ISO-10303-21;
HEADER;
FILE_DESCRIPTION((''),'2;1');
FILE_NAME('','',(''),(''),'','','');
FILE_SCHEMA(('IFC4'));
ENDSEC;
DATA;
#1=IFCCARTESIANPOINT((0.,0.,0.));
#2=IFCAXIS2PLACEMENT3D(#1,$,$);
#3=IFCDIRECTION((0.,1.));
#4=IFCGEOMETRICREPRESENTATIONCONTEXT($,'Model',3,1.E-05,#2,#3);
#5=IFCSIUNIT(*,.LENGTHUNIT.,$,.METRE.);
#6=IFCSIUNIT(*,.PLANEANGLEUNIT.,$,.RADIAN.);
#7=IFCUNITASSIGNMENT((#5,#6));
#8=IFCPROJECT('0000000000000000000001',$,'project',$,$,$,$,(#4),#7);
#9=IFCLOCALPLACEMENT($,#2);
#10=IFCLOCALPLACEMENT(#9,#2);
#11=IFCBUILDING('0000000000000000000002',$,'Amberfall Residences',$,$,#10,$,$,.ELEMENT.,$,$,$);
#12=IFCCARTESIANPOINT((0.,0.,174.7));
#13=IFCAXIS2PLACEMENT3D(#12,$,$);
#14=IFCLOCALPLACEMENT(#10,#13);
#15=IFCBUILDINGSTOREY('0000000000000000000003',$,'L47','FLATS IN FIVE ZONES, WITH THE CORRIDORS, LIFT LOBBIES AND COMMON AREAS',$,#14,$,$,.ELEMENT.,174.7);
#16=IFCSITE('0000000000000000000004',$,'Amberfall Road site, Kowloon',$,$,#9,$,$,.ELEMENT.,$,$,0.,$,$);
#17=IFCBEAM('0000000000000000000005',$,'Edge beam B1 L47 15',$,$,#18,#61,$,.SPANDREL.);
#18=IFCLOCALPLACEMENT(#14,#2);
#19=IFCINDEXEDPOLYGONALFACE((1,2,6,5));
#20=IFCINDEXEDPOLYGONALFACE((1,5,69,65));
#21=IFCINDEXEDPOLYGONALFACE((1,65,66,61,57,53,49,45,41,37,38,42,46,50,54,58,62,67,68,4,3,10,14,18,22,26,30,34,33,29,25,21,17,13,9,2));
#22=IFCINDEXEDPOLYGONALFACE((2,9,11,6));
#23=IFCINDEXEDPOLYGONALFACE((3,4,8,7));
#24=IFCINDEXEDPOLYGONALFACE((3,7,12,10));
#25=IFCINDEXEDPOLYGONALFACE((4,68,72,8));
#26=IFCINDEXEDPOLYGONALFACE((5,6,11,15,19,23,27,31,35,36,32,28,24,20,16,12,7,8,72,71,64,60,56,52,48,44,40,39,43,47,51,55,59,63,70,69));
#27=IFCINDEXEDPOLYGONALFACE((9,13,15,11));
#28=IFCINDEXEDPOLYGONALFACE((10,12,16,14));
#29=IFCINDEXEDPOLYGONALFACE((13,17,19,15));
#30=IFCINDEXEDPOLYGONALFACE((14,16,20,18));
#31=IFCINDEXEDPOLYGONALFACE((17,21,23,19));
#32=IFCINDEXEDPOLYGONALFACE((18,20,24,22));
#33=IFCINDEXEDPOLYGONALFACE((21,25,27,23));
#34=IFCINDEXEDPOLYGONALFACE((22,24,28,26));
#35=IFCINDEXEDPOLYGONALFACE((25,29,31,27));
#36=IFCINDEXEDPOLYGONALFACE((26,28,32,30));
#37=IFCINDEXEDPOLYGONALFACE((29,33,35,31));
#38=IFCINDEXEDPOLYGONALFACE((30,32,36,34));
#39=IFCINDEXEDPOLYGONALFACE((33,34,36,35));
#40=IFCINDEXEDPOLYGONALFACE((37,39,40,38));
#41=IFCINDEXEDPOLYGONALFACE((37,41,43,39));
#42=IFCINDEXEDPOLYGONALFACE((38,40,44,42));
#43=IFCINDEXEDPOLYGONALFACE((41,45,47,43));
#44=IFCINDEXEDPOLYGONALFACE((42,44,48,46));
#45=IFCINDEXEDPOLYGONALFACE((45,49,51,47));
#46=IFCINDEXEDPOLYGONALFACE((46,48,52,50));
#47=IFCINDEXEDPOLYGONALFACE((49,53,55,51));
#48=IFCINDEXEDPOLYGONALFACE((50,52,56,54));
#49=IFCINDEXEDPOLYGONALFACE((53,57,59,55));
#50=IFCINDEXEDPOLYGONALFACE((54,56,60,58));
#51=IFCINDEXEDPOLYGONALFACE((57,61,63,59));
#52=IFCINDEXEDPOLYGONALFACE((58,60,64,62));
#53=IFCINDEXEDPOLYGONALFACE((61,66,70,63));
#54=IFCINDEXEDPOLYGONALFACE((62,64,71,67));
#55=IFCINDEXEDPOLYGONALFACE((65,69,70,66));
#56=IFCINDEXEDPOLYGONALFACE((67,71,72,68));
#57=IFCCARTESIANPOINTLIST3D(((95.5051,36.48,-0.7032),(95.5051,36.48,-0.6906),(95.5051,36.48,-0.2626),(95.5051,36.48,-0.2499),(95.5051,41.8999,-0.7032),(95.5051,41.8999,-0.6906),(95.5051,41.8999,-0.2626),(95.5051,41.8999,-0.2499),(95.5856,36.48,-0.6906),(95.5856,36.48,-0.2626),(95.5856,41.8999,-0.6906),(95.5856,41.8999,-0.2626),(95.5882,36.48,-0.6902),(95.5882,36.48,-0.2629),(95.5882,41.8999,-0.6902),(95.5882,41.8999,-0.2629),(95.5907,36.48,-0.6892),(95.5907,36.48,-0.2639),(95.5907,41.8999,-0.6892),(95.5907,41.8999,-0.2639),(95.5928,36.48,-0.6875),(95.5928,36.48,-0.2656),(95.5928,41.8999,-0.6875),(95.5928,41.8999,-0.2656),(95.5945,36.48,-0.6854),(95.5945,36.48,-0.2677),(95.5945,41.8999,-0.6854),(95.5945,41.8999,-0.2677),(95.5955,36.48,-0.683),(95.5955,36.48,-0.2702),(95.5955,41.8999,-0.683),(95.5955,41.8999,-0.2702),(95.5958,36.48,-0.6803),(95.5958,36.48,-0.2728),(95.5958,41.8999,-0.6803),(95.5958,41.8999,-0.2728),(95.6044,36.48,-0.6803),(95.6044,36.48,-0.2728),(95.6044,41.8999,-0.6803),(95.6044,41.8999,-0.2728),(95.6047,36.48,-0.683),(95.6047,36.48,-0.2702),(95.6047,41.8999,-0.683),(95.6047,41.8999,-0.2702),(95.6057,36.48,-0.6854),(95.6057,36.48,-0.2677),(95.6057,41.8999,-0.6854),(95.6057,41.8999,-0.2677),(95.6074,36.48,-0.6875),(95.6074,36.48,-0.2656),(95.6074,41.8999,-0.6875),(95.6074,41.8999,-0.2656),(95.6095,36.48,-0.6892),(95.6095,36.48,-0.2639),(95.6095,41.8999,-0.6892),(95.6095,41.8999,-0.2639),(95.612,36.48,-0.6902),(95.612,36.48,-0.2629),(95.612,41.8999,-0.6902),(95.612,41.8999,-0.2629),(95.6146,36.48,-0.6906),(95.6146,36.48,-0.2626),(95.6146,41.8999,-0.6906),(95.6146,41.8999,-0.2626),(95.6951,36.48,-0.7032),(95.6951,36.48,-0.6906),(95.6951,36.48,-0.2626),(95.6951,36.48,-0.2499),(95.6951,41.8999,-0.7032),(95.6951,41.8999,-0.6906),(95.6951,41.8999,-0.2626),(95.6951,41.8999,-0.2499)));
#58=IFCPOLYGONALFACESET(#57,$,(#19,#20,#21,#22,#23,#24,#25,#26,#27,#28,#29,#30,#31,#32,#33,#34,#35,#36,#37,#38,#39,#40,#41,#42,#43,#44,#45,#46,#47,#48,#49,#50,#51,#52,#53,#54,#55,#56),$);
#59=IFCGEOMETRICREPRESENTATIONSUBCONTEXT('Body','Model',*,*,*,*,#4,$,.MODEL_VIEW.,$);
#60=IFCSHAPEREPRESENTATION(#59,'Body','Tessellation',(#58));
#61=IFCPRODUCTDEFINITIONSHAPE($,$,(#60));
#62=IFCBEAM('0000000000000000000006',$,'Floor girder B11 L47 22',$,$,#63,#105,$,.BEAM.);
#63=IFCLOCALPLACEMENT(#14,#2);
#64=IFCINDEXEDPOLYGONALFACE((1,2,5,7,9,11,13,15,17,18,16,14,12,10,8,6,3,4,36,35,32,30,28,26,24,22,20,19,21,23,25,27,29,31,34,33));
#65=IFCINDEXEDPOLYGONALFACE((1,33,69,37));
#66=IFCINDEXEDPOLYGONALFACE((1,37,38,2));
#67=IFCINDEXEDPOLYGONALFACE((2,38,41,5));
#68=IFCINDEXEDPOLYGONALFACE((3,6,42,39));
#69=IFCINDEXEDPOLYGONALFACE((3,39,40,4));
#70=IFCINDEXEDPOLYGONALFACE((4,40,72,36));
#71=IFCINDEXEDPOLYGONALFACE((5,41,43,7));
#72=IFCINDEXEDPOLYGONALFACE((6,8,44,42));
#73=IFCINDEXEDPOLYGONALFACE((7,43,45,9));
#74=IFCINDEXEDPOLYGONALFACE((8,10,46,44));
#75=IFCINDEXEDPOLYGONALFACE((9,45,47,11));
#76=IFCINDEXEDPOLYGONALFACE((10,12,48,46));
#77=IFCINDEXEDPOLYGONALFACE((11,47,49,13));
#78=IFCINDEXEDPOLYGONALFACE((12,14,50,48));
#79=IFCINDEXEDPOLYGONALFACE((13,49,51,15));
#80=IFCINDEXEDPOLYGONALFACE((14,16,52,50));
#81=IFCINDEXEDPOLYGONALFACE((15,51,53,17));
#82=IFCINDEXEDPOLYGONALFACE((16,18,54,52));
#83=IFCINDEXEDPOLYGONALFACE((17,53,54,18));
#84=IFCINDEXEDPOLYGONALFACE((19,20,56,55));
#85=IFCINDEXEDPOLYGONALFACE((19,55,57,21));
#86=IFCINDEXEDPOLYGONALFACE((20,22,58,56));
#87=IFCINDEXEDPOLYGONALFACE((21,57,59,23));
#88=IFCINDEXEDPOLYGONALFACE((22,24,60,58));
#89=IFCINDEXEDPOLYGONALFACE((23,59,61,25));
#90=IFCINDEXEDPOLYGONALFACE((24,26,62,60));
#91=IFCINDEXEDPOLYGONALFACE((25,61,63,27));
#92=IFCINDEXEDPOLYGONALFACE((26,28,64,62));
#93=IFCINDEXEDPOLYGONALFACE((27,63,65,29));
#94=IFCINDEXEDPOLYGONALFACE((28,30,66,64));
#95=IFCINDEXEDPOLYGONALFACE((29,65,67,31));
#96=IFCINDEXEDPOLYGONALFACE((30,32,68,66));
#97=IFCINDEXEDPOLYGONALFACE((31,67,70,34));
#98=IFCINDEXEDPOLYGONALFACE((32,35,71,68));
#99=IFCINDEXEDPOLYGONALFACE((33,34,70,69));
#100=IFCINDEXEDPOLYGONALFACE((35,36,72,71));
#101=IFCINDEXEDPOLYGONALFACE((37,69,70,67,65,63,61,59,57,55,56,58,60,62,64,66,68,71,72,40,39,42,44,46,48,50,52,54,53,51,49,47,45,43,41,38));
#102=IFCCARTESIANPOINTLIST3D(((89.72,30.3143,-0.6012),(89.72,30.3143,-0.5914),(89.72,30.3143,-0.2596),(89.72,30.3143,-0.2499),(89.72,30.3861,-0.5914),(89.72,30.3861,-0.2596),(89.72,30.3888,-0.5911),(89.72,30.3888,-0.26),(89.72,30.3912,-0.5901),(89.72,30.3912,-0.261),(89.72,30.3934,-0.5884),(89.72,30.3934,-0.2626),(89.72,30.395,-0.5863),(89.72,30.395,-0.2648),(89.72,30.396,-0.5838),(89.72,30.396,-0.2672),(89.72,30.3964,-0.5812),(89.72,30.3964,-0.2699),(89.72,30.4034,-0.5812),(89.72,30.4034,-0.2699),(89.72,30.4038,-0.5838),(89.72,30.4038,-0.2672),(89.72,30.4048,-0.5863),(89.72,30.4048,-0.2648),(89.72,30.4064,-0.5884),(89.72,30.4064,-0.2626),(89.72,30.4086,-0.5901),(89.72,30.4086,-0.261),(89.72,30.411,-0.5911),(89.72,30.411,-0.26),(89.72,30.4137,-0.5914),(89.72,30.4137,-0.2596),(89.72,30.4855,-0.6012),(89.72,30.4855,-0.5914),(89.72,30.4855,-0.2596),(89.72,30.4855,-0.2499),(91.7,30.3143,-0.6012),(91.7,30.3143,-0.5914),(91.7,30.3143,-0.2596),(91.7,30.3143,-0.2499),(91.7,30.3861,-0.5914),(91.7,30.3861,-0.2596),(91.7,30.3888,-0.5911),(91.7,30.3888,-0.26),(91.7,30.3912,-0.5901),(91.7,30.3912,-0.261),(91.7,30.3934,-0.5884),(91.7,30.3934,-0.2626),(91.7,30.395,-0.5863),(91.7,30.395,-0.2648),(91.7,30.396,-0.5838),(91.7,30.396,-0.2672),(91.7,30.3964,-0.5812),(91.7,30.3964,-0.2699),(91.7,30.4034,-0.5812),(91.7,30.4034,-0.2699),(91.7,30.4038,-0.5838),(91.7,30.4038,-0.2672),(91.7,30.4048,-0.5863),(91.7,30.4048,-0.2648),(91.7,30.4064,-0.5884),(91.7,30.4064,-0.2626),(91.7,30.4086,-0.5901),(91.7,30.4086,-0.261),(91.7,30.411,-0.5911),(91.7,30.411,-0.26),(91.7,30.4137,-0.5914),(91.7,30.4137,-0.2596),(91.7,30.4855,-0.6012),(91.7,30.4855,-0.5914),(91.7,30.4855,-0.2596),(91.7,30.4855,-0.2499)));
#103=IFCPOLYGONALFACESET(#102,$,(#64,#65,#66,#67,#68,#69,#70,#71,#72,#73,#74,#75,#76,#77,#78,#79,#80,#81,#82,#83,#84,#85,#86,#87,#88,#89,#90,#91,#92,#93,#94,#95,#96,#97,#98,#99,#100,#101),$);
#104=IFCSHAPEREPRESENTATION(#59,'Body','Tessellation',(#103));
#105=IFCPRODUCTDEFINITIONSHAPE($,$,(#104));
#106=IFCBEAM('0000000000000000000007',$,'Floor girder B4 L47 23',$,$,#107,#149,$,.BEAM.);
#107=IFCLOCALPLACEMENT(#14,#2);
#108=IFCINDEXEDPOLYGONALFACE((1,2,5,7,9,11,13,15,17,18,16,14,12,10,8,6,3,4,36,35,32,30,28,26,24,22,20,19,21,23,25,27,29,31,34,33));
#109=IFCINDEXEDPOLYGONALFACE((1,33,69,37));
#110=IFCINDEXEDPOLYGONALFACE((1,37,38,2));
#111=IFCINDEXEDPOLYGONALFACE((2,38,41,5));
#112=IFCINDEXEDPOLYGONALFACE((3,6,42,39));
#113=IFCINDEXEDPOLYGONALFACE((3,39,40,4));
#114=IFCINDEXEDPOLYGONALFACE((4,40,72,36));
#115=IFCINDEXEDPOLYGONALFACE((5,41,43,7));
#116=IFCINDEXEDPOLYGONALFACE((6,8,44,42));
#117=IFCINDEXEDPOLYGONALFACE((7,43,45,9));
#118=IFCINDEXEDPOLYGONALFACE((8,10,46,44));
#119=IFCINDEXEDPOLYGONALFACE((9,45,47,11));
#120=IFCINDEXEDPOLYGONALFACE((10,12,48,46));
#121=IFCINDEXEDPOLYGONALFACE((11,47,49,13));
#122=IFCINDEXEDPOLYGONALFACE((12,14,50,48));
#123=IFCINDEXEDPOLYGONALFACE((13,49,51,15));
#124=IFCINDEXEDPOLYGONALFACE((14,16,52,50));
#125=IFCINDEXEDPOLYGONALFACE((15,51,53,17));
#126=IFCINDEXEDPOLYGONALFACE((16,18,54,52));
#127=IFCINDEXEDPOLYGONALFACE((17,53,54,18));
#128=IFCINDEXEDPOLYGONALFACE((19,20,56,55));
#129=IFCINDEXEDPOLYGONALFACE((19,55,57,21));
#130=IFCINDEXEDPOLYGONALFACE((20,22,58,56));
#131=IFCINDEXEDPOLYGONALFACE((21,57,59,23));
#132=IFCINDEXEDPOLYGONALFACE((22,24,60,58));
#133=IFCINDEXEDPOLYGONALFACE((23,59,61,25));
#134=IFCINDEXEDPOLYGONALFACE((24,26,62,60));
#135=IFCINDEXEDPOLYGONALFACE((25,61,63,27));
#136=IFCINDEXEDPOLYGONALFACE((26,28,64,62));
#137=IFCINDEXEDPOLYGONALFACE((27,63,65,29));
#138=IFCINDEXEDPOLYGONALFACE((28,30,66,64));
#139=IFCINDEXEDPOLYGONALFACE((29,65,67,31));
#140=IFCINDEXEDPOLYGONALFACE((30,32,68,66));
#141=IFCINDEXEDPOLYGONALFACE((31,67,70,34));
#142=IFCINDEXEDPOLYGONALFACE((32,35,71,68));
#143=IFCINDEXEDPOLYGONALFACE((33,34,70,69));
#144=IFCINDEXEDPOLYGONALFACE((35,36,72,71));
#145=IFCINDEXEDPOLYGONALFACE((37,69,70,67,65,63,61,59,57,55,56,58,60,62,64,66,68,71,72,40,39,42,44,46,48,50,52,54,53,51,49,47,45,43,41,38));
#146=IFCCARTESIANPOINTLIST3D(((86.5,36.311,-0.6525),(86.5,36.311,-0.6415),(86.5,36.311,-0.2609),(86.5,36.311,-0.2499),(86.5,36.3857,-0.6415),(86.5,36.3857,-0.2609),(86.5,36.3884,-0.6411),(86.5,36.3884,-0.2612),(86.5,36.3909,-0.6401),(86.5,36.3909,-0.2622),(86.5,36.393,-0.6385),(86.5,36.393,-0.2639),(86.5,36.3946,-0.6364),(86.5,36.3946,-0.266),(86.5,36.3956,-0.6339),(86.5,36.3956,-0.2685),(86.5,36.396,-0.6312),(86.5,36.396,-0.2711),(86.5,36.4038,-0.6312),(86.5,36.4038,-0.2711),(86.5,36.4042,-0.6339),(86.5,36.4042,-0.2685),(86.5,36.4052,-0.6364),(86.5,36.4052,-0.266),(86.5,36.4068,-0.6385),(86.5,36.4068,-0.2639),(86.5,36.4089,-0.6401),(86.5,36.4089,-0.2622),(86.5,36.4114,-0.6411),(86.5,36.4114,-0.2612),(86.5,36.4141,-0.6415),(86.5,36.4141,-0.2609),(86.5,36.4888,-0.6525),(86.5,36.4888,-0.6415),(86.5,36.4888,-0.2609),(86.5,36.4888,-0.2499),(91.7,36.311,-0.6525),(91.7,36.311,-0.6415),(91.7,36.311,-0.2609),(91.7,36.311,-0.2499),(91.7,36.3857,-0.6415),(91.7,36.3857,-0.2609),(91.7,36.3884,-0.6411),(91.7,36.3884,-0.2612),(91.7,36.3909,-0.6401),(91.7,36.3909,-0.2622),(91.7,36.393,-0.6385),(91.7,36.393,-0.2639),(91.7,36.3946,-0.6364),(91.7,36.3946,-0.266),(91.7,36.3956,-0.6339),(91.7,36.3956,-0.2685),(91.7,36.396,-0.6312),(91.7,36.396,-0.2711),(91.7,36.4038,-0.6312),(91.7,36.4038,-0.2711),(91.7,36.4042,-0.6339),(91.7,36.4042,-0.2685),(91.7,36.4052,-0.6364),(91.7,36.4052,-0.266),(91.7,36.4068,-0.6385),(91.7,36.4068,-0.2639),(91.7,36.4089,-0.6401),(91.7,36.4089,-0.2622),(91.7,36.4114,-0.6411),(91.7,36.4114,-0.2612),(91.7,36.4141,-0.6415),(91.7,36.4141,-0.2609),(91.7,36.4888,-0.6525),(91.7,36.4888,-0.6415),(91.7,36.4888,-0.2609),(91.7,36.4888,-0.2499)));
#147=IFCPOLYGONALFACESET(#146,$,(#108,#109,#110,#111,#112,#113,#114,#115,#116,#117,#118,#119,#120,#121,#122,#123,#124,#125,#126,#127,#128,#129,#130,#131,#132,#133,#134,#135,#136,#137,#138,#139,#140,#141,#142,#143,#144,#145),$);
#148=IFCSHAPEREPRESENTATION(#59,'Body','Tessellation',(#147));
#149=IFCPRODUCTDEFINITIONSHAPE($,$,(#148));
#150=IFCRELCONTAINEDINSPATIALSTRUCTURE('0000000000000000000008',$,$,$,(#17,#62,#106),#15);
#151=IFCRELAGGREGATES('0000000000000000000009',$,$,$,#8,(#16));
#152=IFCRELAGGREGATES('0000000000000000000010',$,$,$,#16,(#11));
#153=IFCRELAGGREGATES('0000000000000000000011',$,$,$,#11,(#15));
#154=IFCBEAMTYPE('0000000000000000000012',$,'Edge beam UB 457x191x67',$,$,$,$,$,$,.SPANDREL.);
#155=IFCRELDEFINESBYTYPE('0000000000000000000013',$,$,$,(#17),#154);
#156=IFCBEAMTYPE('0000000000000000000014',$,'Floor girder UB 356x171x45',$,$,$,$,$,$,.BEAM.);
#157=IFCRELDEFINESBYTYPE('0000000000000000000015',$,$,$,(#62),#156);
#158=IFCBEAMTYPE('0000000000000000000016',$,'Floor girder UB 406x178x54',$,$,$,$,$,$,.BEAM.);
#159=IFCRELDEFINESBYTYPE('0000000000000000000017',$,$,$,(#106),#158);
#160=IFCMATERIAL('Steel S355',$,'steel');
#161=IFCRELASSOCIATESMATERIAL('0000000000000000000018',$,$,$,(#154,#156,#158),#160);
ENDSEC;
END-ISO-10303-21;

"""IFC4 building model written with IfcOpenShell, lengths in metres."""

from ifc_helpers import new_model, si_unit, direction, frame, origin, origin_2d, place, context, subcontext, project, spatial, i_section, extrude, material, material_profile, profile_set, type_object, element, save


model = new_model("IFC4")

# Units and contexts
model_context = context("Model", 3, precision=1e-05, world=origin(), true_north=direction((0.0, 1.0)))
body_context = subcontext(model_context, "Body", "Model", "MODEL_VIEW")
ifc_project = project(units=[si_unit("LENGTHUNIT", "METRE"), si_unit("PLANEANGLEUNIT", "RADIAN")], contexts=[model_context])

# Site, building, storey
site_placement = place(None, origin())
site = spatial("IfcSite", under=ifc_project, at=site_placement, Name="Amberfall Road site, Kowloon", CompositionType="ELEMENT", RefElevation=0.0)
building_placement = place(site_placement, origin())
building = spatial("IfcBuilding", under=site, at=building_placement, Name="Amberfall Residences", CompositionType="ELEMENT")
storey_placement = place(building_placement, frame((0.0, 0.0, 174.7)))
storey = spatial("IfcBuildingStorey", under=building, at=storey_placement, Name="L47", Description="FLATS IN FIVE ZONES, WITH THE CORRIDORS, LIFT LOBBIES AND COMMON AREAS", CompositionType="ELEMENT", Elevation=174.7)

# Beams
ifc_material_1 = material(Name="Steel S355", Category="steel")
ifc_material_profile_1 = material_profile(ifc_material_1, i_section(OverallWidth=0.1899, OverallDepth=0.4534, WebThickness=0.0085, FlangeThickness=0.0127, FilletRadius=0.0103, at=origin_2d()), Name="UB 457x191x67")
ifc_profile_set_1 = profile_set([ifc_material_profile_1], Name="Steel S355")
beam_type_1 = type_object("IfcBeamType", Name="Edge beam UB 457x191x67", PredefinedType="SPANDREL", material=ifc_profile_set_1)
beam_1_placement = place(storey_placement, frame((95.6001, 36.48, -0.4766), z_axis=(0.0, 1.0, 0.0), x_axis=(-1.0, 0.0, 0.0)))
element("IfcBeam", 1, at=beam_1_placement, inside=storey, type_object=beam_type_1, Name="Edge beam B1 L47 15", PredefinedType="SPANDREL", context=body_context, shape_type="SweptSolid", body=[
    extrude(i_section(OverallWidth=0.1899, OverallDepth=0.4534, WebThickness=0.0085, FlangeThickness=0.0127, FilletRadius=0.0103, at=origin_2d()), origin(), (0.0, 0.0, 1.0), 5.4199),
])
ifc_material_profile_2 = material_profile(ifc_material_1, i_section(OverallWidth=0.1711, OverallDepth=0.3513, WebThickness=0.0071, FlangeThickness=0.0098, FilletRadius=0.0103, at=origin_2d()), Name="UB 356x171x45")
ifc_profile_set_2 = profile_set([ifc_material_profile_2], Name="Steel S355")
beam_type_2 = type_object("IfcBeamType", Name="Floor girder UB 356x171x45", PredefinedType="BEAM", material=ifc_profile_set_2)
beam_2_placement = place(storey_placement, frame((91.7, 30.3999, -0.4255), z_axis=(-1.0, 0.0, 0.0), x_axis=(0.0, -1.0, 0.0)))
element("IfcBeam", 2, at=beam_2_placement, inside=storey, type_object=beam_type_2, Name="Floor girder B11 L47 22", PredefinedType="BEAM", context=body_context, shape_type="SweptSolid", body=[
    extrude(i_section(OverallWidth=0.1711, OverallDepth=0.3513, WebThickness=0.0071, FlangeThickness=0.0098, FilletRadius=0.0103, at=origin_2d()), origin(), (0.0, 0.0, 1.0), 1.98),
])
ifc_material_profile_3 = material_profile(ifc_material_1, i_section(OverallWidth=0.1777, OverallDepth=0.4026, WebThickness=0.0078, FlangeThickness=0.011, FilletRadius=0.0103, at=origin_2d()), Name="UB 406x178x54")
ifc_profile_set_3 = profile_set([ifc_material_profile_3], Name="Steel S355")
beam_type_3 = type_object("IfcBeamType", Name="Floor girder UB 406x178x54", PredefinedType="BEAM", material=ifc_profile_set_3)
beam_3_placement = place(storey_placement, frame((91.7, 36.3999, -0.4512), z_axis=(-1.0, 0.0, 0.0), x_axis=(0.0, -1.0, 0.0)))
element("IfcBeam", 3, at=beam_3_placement, inside=storey, type_object=beam_type_3, Name="Floor girder B4 L47 23", PredefinedType="BEAM", context=body_context, shape_type="SweptSolid", body=[
    extrude(i_section(OverallWidth=0.1777, OverallDepth=0.4026, WebThickness=0.0078, FlangeThickness=0.011, FilletRadius=0.0103, at=origin_2d()), origin(), (0.0, 0.0, 1.0), 5.2),
])

save(model, "model.ifc")
